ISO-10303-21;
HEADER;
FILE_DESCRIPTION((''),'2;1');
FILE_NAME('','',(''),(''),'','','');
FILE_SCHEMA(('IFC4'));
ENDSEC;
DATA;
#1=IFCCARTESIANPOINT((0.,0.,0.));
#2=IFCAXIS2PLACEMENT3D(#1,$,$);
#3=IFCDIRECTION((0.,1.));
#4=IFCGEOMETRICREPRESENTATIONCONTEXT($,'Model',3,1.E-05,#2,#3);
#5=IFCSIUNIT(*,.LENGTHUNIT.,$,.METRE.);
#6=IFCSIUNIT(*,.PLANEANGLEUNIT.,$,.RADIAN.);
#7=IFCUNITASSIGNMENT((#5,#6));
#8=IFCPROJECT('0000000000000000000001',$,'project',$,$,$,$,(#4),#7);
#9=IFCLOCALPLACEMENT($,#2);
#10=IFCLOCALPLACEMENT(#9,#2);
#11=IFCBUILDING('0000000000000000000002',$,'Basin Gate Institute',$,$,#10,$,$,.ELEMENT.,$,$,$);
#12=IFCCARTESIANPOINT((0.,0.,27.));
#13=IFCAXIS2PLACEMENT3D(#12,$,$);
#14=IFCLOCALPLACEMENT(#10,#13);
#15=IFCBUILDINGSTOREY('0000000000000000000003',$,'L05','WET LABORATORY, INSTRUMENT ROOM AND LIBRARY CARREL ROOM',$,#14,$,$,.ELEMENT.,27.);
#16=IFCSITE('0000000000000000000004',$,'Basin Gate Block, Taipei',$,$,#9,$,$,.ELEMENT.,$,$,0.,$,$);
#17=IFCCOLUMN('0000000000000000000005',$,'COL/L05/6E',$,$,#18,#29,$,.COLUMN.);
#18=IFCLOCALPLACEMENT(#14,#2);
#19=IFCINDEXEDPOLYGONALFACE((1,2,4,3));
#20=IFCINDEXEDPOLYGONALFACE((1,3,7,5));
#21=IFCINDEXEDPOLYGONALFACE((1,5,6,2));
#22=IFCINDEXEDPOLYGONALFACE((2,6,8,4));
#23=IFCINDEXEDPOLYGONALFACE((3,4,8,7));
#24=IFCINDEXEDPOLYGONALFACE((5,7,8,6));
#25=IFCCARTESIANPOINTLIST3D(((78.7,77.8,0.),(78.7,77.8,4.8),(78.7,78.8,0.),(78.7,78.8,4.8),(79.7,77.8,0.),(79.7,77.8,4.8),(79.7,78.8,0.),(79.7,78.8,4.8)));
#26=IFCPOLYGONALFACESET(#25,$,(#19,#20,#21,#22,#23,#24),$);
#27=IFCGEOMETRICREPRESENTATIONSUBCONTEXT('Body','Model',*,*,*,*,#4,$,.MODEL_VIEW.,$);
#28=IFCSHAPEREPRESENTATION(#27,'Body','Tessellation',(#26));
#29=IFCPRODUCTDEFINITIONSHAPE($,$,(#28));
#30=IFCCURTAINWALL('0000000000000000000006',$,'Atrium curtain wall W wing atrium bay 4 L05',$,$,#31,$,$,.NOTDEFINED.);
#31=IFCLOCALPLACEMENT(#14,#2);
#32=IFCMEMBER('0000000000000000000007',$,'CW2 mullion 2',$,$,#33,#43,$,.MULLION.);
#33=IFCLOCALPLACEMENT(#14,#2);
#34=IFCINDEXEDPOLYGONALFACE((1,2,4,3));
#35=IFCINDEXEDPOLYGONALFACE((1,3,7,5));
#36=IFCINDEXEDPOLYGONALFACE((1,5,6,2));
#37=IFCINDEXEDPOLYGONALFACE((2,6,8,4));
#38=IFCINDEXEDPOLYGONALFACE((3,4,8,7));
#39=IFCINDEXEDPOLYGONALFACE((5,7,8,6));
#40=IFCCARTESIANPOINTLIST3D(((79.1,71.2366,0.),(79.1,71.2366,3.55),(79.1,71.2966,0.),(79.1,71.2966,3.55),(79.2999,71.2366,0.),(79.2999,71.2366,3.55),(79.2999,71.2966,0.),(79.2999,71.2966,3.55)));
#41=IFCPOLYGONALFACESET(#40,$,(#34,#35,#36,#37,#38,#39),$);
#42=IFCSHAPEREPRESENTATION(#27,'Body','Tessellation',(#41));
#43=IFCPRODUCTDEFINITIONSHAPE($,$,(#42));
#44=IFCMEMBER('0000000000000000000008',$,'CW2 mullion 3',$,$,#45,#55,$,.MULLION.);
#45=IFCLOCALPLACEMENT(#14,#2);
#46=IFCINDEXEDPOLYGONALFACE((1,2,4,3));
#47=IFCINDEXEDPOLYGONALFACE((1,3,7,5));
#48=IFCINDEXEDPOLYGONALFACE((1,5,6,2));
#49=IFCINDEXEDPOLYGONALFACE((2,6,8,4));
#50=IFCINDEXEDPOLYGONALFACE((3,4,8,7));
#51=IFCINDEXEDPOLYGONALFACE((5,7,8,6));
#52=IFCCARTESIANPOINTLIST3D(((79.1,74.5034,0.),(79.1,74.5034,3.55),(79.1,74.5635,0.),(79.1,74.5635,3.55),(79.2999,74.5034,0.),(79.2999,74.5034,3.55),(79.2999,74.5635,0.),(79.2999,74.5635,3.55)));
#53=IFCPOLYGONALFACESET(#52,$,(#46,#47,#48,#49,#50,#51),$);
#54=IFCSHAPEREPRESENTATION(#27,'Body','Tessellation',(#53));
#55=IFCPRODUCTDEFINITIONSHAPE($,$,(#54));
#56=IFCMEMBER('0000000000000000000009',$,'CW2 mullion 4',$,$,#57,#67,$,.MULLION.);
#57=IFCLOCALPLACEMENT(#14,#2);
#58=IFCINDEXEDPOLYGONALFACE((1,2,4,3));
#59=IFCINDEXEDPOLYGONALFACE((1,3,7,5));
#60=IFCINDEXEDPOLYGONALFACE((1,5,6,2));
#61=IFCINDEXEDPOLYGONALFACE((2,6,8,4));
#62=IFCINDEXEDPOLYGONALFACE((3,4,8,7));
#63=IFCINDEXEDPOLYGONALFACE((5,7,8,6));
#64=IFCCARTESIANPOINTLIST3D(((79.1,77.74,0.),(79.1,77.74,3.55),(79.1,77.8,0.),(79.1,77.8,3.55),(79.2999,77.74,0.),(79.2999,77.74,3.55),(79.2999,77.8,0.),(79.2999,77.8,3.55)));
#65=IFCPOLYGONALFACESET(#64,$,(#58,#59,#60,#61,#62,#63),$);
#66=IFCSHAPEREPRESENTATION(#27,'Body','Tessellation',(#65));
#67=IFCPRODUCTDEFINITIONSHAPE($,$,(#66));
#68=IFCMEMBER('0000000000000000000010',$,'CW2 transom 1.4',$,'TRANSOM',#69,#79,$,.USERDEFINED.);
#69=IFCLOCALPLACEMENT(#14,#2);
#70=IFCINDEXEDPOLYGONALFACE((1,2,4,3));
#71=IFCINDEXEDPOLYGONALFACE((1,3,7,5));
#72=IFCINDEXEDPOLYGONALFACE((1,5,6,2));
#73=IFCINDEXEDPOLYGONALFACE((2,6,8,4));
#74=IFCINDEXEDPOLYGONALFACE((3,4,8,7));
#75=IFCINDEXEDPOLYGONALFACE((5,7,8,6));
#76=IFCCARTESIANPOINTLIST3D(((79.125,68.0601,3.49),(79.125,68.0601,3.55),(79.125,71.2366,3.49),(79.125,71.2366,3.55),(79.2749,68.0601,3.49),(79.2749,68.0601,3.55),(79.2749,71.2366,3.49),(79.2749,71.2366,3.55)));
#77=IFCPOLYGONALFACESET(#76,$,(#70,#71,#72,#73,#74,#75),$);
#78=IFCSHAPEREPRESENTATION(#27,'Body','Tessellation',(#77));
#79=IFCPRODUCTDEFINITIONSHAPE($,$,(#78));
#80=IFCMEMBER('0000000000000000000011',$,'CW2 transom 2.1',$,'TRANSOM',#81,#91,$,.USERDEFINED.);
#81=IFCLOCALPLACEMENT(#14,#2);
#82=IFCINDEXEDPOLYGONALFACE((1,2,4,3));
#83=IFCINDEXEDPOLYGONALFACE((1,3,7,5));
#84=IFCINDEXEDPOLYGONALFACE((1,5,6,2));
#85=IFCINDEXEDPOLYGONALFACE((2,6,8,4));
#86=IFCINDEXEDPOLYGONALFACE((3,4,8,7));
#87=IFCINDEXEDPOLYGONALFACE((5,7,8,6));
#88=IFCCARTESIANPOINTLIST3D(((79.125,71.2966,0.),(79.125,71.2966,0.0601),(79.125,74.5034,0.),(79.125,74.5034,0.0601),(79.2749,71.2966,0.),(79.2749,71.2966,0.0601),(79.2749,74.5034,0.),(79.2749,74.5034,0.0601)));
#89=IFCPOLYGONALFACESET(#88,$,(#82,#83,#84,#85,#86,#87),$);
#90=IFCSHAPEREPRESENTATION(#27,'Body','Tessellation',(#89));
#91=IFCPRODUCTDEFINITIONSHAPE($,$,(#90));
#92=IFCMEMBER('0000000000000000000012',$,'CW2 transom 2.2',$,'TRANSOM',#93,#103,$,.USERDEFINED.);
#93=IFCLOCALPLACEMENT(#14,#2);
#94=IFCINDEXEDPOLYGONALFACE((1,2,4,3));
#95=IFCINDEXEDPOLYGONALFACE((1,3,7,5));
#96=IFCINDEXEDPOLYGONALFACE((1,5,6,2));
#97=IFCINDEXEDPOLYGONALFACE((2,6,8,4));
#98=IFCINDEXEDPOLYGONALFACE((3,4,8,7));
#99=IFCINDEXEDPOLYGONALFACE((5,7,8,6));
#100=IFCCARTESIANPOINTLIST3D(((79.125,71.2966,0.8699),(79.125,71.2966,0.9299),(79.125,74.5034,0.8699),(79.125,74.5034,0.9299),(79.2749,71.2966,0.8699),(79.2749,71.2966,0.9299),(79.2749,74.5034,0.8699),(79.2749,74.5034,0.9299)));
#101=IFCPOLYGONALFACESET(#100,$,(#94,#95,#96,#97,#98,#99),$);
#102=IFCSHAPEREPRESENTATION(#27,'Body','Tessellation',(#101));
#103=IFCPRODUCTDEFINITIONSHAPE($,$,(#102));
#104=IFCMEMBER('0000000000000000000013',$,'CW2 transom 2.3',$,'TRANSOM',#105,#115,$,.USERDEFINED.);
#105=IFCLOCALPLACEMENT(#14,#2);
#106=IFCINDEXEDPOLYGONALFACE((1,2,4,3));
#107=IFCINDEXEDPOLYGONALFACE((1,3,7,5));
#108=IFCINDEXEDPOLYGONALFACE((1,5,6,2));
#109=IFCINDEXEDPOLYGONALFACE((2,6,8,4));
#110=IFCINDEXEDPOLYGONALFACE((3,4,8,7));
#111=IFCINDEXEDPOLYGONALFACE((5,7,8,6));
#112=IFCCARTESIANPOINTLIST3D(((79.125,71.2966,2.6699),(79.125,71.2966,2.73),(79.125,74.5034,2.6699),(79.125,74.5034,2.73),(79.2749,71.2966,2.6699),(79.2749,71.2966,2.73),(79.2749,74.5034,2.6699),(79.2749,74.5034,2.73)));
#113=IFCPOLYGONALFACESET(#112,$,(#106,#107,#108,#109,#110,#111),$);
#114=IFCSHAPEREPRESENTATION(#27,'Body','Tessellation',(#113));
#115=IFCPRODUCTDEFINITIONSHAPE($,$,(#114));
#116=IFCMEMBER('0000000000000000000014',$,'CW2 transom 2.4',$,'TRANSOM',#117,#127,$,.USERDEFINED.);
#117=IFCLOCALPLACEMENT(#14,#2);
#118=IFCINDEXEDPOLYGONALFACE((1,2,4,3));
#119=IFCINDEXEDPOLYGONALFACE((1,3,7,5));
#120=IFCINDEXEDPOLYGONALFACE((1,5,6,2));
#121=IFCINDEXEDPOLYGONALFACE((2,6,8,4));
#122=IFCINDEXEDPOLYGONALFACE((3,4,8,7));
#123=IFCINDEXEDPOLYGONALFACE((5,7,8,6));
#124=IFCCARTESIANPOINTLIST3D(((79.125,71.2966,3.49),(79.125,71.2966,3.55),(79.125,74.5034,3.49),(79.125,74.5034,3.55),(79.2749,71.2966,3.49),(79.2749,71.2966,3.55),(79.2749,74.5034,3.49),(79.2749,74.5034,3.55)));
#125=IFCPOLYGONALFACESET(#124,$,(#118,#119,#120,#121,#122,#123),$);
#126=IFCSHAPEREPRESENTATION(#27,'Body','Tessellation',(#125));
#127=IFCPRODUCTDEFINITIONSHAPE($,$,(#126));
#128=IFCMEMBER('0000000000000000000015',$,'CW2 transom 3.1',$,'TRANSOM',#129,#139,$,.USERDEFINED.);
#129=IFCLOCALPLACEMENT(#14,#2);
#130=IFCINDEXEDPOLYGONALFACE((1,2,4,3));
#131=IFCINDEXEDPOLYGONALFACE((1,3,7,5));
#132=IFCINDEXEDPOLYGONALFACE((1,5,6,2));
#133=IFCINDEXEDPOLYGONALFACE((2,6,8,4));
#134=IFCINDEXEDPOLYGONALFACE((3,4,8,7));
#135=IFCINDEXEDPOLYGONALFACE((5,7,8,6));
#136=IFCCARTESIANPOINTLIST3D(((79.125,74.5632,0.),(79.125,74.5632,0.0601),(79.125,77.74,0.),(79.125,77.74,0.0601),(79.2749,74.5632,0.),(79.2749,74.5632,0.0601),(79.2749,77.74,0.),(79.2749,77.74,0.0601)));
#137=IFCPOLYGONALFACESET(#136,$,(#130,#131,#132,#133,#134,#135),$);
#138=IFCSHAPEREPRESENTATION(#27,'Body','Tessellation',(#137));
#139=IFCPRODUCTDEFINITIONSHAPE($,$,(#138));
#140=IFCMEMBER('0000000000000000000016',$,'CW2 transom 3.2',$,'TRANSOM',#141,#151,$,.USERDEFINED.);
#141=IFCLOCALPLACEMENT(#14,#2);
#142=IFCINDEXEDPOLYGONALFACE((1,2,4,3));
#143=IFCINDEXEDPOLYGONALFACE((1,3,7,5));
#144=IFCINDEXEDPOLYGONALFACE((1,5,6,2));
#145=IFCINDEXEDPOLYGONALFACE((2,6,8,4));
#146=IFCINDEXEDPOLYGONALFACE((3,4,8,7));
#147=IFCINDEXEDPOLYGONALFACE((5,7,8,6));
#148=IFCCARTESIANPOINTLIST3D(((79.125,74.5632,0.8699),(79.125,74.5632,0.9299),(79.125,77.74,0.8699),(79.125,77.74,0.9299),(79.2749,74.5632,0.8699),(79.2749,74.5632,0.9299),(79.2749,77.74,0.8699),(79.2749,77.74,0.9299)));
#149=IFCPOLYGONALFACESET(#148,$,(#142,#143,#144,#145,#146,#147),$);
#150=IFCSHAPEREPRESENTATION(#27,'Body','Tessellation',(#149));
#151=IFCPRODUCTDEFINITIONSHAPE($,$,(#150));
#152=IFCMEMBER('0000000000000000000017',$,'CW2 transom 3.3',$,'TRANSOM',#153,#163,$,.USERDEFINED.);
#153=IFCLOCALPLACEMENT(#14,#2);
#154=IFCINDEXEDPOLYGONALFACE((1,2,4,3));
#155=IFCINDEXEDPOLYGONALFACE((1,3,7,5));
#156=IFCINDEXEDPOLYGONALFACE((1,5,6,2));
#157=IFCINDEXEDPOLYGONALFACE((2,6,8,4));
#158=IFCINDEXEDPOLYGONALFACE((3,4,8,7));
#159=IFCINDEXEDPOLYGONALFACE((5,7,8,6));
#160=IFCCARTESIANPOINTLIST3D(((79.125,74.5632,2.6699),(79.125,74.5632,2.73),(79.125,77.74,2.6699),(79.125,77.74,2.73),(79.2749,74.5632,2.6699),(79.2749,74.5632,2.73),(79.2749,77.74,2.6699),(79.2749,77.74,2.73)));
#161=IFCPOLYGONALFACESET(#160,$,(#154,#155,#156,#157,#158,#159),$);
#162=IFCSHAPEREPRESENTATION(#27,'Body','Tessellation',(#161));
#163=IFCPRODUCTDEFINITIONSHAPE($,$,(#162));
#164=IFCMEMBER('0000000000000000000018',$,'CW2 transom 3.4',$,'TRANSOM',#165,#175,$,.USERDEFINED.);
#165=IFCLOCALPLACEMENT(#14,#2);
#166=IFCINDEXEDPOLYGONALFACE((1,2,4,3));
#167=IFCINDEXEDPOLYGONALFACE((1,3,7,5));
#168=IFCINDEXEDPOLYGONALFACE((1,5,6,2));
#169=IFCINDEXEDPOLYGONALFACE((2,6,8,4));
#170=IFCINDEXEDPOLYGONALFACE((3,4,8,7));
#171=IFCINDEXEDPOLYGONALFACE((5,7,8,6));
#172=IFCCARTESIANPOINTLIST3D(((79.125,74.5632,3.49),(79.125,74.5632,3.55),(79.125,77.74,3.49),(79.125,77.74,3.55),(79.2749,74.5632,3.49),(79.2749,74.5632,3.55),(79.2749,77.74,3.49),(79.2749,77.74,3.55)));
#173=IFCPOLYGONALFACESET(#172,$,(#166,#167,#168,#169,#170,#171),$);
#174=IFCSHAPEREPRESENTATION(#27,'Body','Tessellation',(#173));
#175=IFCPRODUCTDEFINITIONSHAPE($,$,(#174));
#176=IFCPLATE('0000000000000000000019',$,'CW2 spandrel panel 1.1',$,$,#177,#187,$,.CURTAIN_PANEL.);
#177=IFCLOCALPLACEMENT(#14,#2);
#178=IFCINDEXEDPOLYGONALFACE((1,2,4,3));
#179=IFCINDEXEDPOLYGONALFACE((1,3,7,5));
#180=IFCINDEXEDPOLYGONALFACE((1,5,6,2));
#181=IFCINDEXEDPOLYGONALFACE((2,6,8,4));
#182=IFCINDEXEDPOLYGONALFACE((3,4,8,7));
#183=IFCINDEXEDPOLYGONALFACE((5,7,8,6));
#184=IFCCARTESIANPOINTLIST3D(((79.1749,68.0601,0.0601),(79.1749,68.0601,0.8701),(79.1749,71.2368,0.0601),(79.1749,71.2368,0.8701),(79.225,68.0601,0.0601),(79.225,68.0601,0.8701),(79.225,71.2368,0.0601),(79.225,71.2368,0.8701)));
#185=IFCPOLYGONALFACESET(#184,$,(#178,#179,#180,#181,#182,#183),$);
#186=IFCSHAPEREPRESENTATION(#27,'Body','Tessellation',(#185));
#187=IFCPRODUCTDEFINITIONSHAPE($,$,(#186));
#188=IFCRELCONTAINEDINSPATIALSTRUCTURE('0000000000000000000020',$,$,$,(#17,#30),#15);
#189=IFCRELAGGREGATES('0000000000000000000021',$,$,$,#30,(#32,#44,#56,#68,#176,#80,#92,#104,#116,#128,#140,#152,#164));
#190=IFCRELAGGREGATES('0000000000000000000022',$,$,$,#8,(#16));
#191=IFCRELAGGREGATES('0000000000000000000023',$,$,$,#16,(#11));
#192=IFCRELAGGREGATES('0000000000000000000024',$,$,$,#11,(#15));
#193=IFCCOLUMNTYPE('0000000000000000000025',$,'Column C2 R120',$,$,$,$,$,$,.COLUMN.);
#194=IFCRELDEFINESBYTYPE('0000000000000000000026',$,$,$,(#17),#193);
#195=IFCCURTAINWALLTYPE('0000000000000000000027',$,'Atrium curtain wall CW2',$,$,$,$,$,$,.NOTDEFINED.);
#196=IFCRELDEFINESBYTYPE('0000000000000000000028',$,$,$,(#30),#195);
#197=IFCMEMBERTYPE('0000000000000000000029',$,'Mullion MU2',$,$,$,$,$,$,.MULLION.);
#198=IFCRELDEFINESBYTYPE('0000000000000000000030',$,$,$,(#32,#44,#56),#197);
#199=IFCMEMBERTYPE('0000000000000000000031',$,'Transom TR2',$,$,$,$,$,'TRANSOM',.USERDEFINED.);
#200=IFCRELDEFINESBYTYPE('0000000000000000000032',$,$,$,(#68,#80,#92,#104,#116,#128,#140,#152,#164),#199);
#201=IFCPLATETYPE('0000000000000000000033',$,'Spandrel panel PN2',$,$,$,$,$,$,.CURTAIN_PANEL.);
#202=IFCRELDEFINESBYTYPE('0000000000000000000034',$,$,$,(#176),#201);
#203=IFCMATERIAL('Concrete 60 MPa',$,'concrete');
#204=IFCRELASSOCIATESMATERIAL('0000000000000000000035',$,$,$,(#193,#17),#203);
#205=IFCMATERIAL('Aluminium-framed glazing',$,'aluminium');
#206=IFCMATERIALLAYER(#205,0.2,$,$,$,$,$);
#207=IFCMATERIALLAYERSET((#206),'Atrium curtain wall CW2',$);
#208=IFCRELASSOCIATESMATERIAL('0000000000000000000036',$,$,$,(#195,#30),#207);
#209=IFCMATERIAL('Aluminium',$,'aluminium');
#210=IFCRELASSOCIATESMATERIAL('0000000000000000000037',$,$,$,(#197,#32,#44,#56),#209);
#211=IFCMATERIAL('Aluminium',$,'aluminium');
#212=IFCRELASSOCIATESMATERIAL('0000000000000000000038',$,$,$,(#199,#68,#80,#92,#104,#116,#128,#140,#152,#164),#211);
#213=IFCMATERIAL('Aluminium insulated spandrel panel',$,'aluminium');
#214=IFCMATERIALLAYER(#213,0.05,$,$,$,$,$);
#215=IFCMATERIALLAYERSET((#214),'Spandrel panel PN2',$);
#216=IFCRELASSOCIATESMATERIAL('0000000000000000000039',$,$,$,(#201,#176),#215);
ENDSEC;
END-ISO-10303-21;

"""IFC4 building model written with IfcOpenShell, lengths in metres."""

from ifc_helpers import new_model, si_unit, direction, frame, origin, origin_2d, place, context, subcontext, project, spatial, rectangle, extrude, material, layer, layer_set, material_profile, profile_set, type_object, element, aggregate, save


model = new_model("IFC4")

# Units and contexts
model_context = context("Model", 3, precision=1e-05, world=origin(), true_north=direction((0.0, 1.0)))
body_context = subcontext(model_context, "Body", "Model", "MODEL_VIEW")
ifc_project = project(units=[si_unit("LENGTHUNIT", "METRE"), si_unit("PLANEANGLEUNIT", "RADIAN")], contexts=[model_context])

# Site, building, storey
site_placement = place(None, origin())
site = spatial("IfcSite", under=ifc_project, at=site_placement, Name="Basin Gate Block, Taipei", CompositionType="ELEMENT", RefElevation=0.0)
building_placement = place(site_placement, origin())
building = spatial("IfcBuilding", under=site, at=building_placement, Name="Basin Gate Institute", CompositionType="ELEMENT")
storey_placement = place(building_placement, frame((0.0, 0.0, 27.0)))
storey = spatial("IfcBuildingStorey", under=building, at=storey_placement, Name="L05", Description="WET LABORATORY, INSTRUMENT ROOM AND LIBRARY CARREL ROOM", CompositionType="ELEMENT", Elevation=27.0)

# Column
ifc_material_1 = material(Name="Concrete 60 MPa", Category="concrete")
ifc_material_profile_1 = material_profile(ifc_material_1, rectangle(XDim=1.0, YDim=1.0, at=origin_2d()), Name="Column C2 1000 x 1000")
ifc_profile_set_1 = profile_set([ifc_material_profile_1], Name="Concrete 60 MPa")
column_type = type_object("IfcColumnType", Name="Column C2 R120", PredefinedType="COLUMN", material=ifc_profile_set_1)
column_placement = place(storey_placement, frame((79.2, 78.3, 0.0), z_axis=(0.0, 0.0, 1.0), x_axis=(1.0, 0.0, 0.0)))
element("IfcColumn", 1, at=column_placement, inside=storey, type_object=column_type, material=ifc_profile_set_1, Name="COL/L05/6E", PredefinedType="COLUMN", context=body_context, shape_type="SweptSolid", body=[
    extrude(rectangle(XDim=1.0, YDim=1.0, at=origin_2d()), origin(), (0.0, 0.0, 1.0), 4.8),
])

# Curtain wall, members, plate
ifc_material_2 = material(Name="Aluminium-framed glazing", Category="aluminium")
ifc_layer_1 = layer(ifc_material_2, 0.2)
ifc_layer_set_1 = layer_set([ifc_layer_1], Name="Atrium curtain wall CW2")
curtain_wall_type = type_object("IfcCurtainWallType", Name="Atrium curtain wall CW2", PredefinedType="NOTDEFINED", material=ifc_layer_set_1)
curtain_wall_placement = place(storey_placement, origin())
curtain_wall = element("IfcCurtainWall", 2, at=curtain_wall_placement, inside=storey, type_object=curtain_wall_type, material=ifc_layer_set_1, Name="Atrium curtain wall W wing atrium bay 4 L05", PredefinedType="NOTDEFINED")
ifc_material_3 = material(Name="Aluminium", Category="aluminium")
ifc_material_profile_2 = material_profile(ifc_material_3, rectangle(XDim=0.2, YDim=0.0601, at=origin_2d()), Name="Mullion MU2 200 x 60")
ifc_profile_set_2 = profile_set([ifc_material_profile_2], Name="Aluminium")
member_type_1 = type_object("IfcMemberType", Name="Mullion MU2", PredefinedType="MULLION", material=ifc_profile_set_2)
member_1_placement = place(storey_placement, frame((79.2, 71.2666, 0.0), z_axis=(0.0, 0.0, 1.0), x_axis=(-1.0, 0.0, 0.0)))
member_1 = element("IfcMember", 3, at=member_1_placement, type_object=member_type_1, material=ifc_profile_set_2, Name="CW2 mullion 2", PredefinedType="MULLION", context=body_context, shape_type="SweptSolid", body=[
    extrude(rectangle(XDim=0.2, YDim=0.0601, at=origin_2d()), origin(), (0.0, 0.0, 1.0), 3.55),
])
member_2_placement = place(storey_placement, frame((79.2, 74.5334, 0.0), z_axis=(0.0, 0.0, 1.0), x_axis=(-1.0, 0.0, 0.0)))
member_2 = element("IfcMember", 4, at=member_2_placement, type_object=member_type_1, material=ifc_profile_set_2, Name="CW2 mullion 3", PredefinedType="MULLION", context=body_context, shape_type="SweptSolid", body=[
    extrude(rectangle(XDim=0.2, YDim=0.0601, at=origin_2d()), origin(), (0.0, 0.0, 1.0), 3.55),
])
member_3_placement = place(storey_placement, frame((79.2, 77.77, 0.0), z_axis=(0.0, 0.0, 1.0), x_axis=(-1.0, 0.0, 0.0)))
member_3 = element("IfcMember", 5, at=member_3_placement, type_object=member_type_1, material=ifc_profile_set_2, Name="CW2 mullion 4", PredefinedType="MULLION", context=body_context, shape_type="SweptSolid", body=[
    extrude(rectangle(XDim=0.2, YDim=0.0601, at=origin_2d()), origin(), (0.0, 0.0, 1.0), 3.55),
])
ifc_material_4 = material(Name="Aluminium", Category="aluminium")
ifc_material_profile_3 = material_profile(ifc_material_4, rectangle(XDim=0.1499, YDim=0.0601, at=origin_2d()), Name="Transom TR2 150 x 60")
ifc_profile_set_3 = profile_set([ifc_material_profile_3], Name="Aluminium")
member_type_2 = type_object("IfcMemberType", Name="Transom TR2", ElementType="TRANSOM", PredefinedType="USERDEFINED", material=ifc_profile_set_3)
member_4_placement = place(storey_placement, frame((79.2, 68.0601, 3.52), z_axis=(0.0, 1.0, 0.0), x_axis=(-1.0, 0.0, 0.0)))
member_4 = element("IfcMember", 6, at=member_4_placement, type_object=member_type_2, material=ifc_profile_set_3, Name="CW2 transom 1.4", ObjectType="TRANSOM", PredefinedType="USERDEFINED", context=body_context, shape_type="SweptSolid", body=[
    extrude(rectangle(XDim=0.1499, YDim=0.0601, at=origin_2d()), origin(), (0.0, 0.0, 1.0), 3.1765),
])
member_5_placement = place(storey_placement, frame((79.2, 71.2966, 0.03), z_axis=(0.0, 1.0, 0.0), x_axis=(-1.0, 0.0, 0.0)))
member_5 = element("IfcMember", 7, at=member_5_placement, type_object=member_type_2, material=ifc_profile_set_3, Name="CW2 transom 2.1", ObjectType="TRANSOM", PredefinedType="USERDEFINED", context=body_context, shape_type="SweptSolid", body=[
    extrude(rectangle(XDim=0.1499, YDim=0.0601, at=origin_2d()), origin(), (0.0, 0.0, 1.0), 3.2068),
])
member_6_placement = place(storey_placement, frame((79.2, 71.2966, 0.8999), z_axis=(0.0, 1.0, 0.0), x_axis=(-1.0, 0.0, 0.0)))
member_6 = element("IfcMember", 8, at=member_6_placement, type_object=member_type_2, material=ifc_profile_set_3, Name="CW2 transom 2.2", ObjectType="TRANSOM", PredefinedType="USERDEFINED", context=body_context, shape_type="SweptSolid", body=[
    extrude(rectangle(XDim=0.1499, YDim=0.0601, at=origin_2d()), origin(), (0.0, 0.0, 1.0), 3.2068),
])
member_7_placement = place(storey_placement, frame((79.2, 71.2966, 2.7), z_axis=(0.0, 1.0, 0.0), x_axis=(-1.0, 0.0, 0.0)))
member_7 = element("IfcMember", 9, at=member_7_placement, type_object=member_type_2, material=ifc_profile_set_3, Name="CW2 transom 2.3", ObjectType="TRANSOM", PredefinedType="USERDEFINED", context=body_context, shape_type="SweptSolid", body=[
    extrude(rectangle(XDim=0.1499, YDim=0.0601, at=origin_2d()), origin(), (0.0, 0.0, 1.0), 3.2068),
])
member_8_placement = place(storey_placement, frame((79.2, 71.2966, 3.52), z_axis=(0.0, 1.0, 0.0), x_axis=(-1.0, 0.0, 0.0)))
member_8 = element("IfcMember", 10, at=member_8_placement, type_object=member_type_2, material=ifc_profile_set_3, Name="CW2 transom 2.4", ObjectType="TRANSOM", PredefinedType="USERDEFINED", context=body_context, shape_type="SweptSolid", body=[
    extrude(rectangle(XDim=0.1499, YDim=0.0601, at=origin_2d()), origin(), (0.0, 0.0, 1.0), 3.2068),
])
member_9_placement = place(storey_placement, frame((79.2, 74.5632, 0.03), z_axis=(0.0, 1.0, 0.0), x_axis=(-1.0, 0.0, 0.0)))
member_9 = element("IfcMember", 11, at=member_9_placement, type_object=member_type_2, material=ifc_profile_set_3, Name="CW2 transom 3.1", ObjectType="TRANSOM", PredefinedType="USERDEFINED", context=body_context, shape_type="SweptSolid", body=[
    extrude(rectangle(XDim=0.1499, YDim=0.0601, at=origin_2d()), origin(), (0.0, 0.0, 1.0), 3.1768),
])
member_10_placement = place(storey_placement, frame((79.2, 74.5632, 0.8999), z_axis=(0.0, 1.0, 0.0), x_axis=(-1.0, 0.0, 0.0)))
member_10 = element("IfcMember", 12, at=member_10_placement, type_object=member_type_2, material=ifc_profile_set_3, Name="CW2 transom 3.2", ObjectType="TRANSOM", PredefinedType="USERDEFINED", context=body_context, shape_type="SweptSolid", body=[
    extrude(rectangle(XDim=0.1499, YDim=0.0601, at=origin_2d()), origin(), (0.0, 0.0, 1.0), 3.1768),
])
member_11_placement = place(storey_placement, frame((79.2, 74.5632, 2.7), z_axis=(0.0, 1.0, 0.0), x_axis=(-1.0, 0.0, 0.0)))
member_11 = element("IfcMember", 13, at=member_11_placement, type_object=member_type_2, material=ifc_profile_set_3, Name="CW2 transom 3.3", ObjectType="TRANSOM", PredefinedType="USERDEFINED", context=body_context, shape_type="SweptSolid", body=[
    extrude(rectangle(XDim=0.1499, YDim=0.0601, at=origin_2d()), origin(), (0.0, 0.0, 1.0), 3.1768),
])
member_12_placement = place(storey_placement, frame((79.2, 74.5632, 3.52), z_axis=(0.0, 1.0, 0.0), x_axis=(-1.0, 0.0, 0.0)))
member_12 = element("IfcMember", 14, at=member_12_placement, type_object=member_type_2, material=ifc_profile_set_3, Name="CW2 transom 3.4", ObjectType="TRANSOM", PredefinedType="USERDEFINED", context=body_context, shape_type="SweptSolid", body=[
    extrude(rectangle(XDim=0.1499, YDim=0.0601, at=origin_2d()), origin(), (0.0, 0.0, 1.0), 3.1768),
])
ifc_material_5 = material(Name="Aluminium insulated spandrel panel", Category="aluminium")
ifc_layer_2 = layer(ifc_material_5, 0.05)
ifc_layer_set_2 = layer_set([ifc_layer_2], Name="Spandrel panel PN2")
plate_type_1 = type_object("IfcPlateType", Name="Spandrel panel PN2", PredefinedType="CURTAIN_PANEL", material=ifc_layer_set_2)
plate_1_placement = place(storey_placement, frame((79.2, 69.6484, 0.0601), z_axis=(0.0, 0.0, 1.0), x_axis=(0.0, 1.0, 0.0)))
plate_1 = element("IfcPlate", 15, at=plate_1_placement, type_object=plate_type_1, material=ifc_layer_set_2, Name="CW2 spandrel panel 1.1", PredefinedType="CURTAIN_PANEL", context=body_context, shape_type="SweptSolid", body=[
    extrude(rectangle(XDim=3.1768, YDim=0.05, at=origin_2d()), origin(), (0.0, 0.0, 1.0), 0.8101),
])
aggregate(curtain_wall, [member_1, member_2, member_3, member_4, plate_1, member_5, member_6, member_7, member_8, member_9, member_10, member_11, member_12])

save(model, "model.ifc")
